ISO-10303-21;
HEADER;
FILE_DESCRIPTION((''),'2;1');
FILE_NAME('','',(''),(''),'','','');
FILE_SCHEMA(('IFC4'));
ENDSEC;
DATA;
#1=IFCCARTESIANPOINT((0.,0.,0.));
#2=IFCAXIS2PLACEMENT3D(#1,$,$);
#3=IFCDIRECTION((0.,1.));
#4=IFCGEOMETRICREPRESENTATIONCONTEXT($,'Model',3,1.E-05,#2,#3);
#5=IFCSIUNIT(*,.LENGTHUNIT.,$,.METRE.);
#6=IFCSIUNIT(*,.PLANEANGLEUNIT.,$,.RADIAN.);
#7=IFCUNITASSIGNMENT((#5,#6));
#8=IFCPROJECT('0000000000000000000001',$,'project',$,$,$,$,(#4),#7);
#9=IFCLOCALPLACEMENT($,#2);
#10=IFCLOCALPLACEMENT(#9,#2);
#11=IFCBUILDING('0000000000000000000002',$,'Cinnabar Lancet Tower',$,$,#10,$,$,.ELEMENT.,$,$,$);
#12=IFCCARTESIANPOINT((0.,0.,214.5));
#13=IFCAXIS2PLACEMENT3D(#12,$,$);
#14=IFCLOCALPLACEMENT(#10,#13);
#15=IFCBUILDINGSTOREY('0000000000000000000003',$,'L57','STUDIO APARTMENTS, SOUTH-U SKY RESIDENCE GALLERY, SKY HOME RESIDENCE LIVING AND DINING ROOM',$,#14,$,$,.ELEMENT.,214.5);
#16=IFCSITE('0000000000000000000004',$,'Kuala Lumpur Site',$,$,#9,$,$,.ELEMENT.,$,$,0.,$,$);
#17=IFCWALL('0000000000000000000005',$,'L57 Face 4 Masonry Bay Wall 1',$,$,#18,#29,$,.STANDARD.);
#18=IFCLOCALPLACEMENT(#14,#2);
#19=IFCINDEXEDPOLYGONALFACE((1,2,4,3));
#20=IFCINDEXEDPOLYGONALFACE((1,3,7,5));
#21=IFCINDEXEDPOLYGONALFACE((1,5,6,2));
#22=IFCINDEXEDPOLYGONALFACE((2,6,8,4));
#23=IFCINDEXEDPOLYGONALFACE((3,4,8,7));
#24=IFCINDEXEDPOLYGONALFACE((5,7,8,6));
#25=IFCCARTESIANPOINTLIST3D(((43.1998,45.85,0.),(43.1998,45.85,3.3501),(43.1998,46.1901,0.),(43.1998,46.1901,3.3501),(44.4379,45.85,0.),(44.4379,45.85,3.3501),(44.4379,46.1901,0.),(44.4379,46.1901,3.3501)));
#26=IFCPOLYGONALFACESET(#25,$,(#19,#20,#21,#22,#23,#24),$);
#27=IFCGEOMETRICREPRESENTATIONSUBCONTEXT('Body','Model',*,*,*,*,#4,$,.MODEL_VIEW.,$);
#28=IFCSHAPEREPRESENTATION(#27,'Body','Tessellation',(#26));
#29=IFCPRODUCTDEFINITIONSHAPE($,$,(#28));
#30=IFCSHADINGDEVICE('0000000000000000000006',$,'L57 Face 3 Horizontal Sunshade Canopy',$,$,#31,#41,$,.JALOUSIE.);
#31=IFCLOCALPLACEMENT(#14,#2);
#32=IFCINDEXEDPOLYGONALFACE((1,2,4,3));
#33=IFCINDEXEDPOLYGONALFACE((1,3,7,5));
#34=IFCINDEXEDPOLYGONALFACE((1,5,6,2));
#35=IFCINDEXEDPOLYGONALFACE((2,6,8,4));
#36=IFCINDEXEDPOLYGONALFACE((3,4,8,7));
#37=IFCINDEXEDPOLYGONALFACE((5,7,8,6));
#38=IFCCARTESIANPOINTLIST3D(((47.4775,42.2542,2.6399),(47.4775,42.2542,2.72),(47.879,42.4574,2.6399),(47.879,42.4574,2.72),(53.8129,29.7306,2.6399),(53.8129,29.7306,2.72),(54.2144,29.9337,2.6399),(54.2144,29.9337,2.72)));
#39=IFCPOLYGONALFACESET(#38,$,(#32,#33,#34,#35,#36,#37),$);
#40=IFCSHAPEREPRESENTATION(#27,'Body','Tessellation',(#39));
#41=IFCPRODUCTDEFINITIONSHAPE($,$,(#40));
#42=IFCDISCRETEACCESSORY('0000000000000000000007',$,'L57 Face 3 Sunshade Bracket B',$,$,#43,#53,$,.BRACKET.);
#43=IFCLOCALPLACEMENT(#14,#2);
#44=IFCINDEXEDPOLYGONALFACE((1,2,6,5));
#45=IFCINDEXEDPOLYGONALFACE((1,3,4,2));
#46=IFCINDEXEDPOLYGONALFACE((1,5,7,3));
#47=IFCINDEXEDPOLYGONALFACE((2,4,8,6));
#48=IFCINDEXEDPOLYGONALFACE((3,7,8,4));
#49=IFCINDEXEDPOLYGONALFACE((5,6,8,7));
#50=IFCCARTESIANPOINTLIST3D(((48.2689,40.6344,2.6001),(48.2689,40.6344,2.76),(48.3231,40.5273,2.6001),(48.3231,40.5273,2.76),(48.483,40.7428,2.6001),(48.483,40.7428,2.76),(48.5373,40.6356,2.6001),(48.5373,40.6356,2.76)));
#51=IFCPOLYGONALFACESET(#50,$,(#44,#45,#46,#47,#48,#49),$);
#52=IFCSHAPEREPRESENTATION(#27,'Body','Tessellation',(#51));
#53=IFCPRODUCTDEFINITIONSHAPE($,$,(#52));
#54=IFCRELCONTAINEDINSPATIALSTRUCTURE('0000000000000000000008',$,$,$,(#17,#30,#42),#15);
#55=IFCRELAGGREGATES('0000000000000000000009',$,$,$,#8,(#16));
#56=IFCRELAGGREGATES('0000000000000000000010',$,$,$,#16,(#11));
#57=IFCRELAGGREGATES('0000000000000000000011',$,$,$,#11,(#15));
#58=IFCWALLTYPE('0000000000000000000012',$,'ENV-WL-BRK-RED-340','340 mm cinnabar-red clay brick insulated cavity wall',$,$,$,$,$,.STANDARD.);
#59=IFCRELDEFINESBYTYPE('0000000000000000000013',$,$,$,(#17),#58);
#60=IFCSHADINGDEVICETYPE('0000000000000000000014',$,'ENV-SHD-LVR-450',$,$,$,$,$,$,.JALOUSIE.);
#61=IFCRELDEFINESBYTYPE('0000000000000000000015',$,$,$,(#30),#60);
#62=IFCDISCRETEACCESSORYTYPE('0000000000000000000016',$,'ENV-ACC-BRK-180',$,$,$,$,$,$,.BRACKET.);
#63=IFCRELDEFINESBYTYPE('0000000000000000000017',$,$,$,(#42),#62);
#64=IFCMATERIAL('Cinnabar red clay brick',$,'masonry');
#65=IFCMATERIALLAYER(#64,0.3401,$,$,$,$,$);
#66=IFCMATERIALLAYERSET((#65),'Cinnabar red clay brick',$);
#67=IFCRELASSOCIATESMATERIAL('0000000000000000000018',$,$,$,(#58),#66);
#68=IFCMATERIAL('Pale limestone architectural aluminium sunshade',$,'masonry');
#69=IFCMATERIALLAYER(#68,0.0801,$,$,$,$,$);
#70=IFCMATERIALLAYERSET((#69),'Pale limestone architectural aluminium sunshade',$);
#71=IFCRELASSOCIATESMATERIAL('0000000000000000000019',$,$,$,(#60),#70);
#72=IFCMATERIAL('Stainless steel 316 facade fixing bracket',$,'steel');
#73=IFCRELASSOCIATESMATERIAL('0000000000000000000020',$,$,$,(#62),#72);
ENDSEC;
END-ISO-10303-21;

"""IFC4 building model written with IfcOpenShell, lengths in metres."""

from ifc_helpers import new_model, si_unit, direction, frame, frame_2d, origin, origin_2d, place, context, subcontext, project, spatial, rectangle, extrude, material, layer, layer_set, type_object, element, save


model = new_model("IFC4")

# Units and contexts
model_context = context("Model", 3, precision=1e-05, world=origin(), true_north=direction((0.0, 1.0)))
body_context = subcontext(model_context, "Body", "Model", "MODEL_VIEW")
ifc_project = project(units=[si_unit("LENGTHUNIT", "METRE"), si_unit("PLANEANGLEUNIT", "RADIAN")], contexts=[model_context])

# Site, building, storey
site_placement = place(None, origin())
site = spatial("IfcSite", under=ifc_project, at=site_placement, Name="Kuala Lumpur Site", CompositionType="ELEMENT", RefElevation=0.0)
building_placement = place(site_placement, origin())
building = spatial("IfcBuilding", under=site, at=building_placement, Name="Cinnabar Lancet Tower", CompositionType="ELEMENT")
storey_placement = place(building_placement, frame((0.0, 0.0, 214.5)))
storey = spatial("IfcBuildingStorey", under=building, at=storey_placement, Name="L57", Description="STUDIO APARTMENTS, SOUTH-U SKY RESIDENCE GALLERY, SKY HOME RESIDENCE LIVING AND DINING ROOM", CompositionType="ELEMENT", Elevation=214.5)

# Shared definitions
ifc_material_1 = material(Name="Cinnabar red clay brick", Category="masonry")
ifc_layer_1 = layer(ifc_material_1, 0.3401)
ifc_layer_set_1 = layer_set([ifc_layer_1], Name="Cinnabar red clay brick")
wall_type_1 = type_object("IfcWallType", Name="ENV-WL-BRK-RED-340", Description="340 mm cinnabar-red clay brick insulated cavity wall", PredefinedType="STANDARD", material=ifc_layer_set_1)

# Wall
wall_1_placement = place(storey_placement, frame((44.438, 46.02, 0.0), z_axis=(0.0, 0.0, 1.0), x_axis=(-1.0, 0.0, 0.0)))
element("IfcWall", 1, at=wall_1_placement, inside=storey, type_object=wall_type_1, Name="L57 Face 4 Masonry Bay Wall 1", PredefinedType="STANDARD", context=body_context, shape_type="SweptSolid", body=[
    extrude(rectangle(XDim=1.238, YDim=0.3401, at=frame_2d((0.6191, 0.0))), origin(), (0.0, 0.0, 1.0), 3.3501),
])

# Shading device
ifc_material_2 = material(Name="Pale limestone architectural aluminium sunshade", Category="masonry")
ifc_layer_2 = layer(ifc_material_2, 0.0801)
ifc_layer_set_2 = layer_set([ifc_layer_2], Name="Pale limestone architectural aluminium sunshade")
shading_device_type = type_object("IfcShadingDeviceType", Name="ENV-SHD-LVR-450", PredefinedType="JALOUSIE", material=ifc_layer_set_2)
shading_device_placement = place(storey_placement, frame((50.8459, 36.094, 2.6399), z_axis=(0.0, 0.0, 1.0), x_axis=(-0.451407, 0.892318, 0.0)))
element("IfcShadingDevice", 2, at=shading_device_placement, inside=storey, type_object=shading_device_type, Name="L57 Face 3 Horizontal Sunshade Canopy", PredefinedType="JALOUSIE", context=body_context, shape_type="SweptSolid", body=[
    extrude(rectangle(XDim=14.0349, YDim=0.45, at=origin_2d()), origin(), (0.0, 0.0, 1.0), 0.0801),
])

# Discrete accessory
ifc_material_3 = material(Name="Stainless steel 316 facade fixing bracket", Category="steel")
discrete_accessory_type = type_object("IfcDiscreteAccessoryType", Name="ENV-ACC-BRK-180", PredefinedType="BRACKET", material=ifc_material_3)
discrete_accessory_placement = place(storey_placement, frame((48.4031, 40.635, 2.6001), z_axis=(0.0, 0.0, 1.0), x_axis=(-0.451407, 0.892318, 0.0)))
element("IfcDiscreteAccessory", 3, at=discrete_accessory_placement, inside=storey, type_object=discrete_accessory_type, Name="L57 Face 3 Sunshade Bracket B", PredefinedType="BRACKET", context=body_context, shape_type="SweptSolid", body=[
    extrude(rectangle(XDim=0.1201, YDim=0.24, at=origin_2d()), origin(), (0.0, 0.0, 1.0), 0.1599),
])

save(model, "model.ifc")
